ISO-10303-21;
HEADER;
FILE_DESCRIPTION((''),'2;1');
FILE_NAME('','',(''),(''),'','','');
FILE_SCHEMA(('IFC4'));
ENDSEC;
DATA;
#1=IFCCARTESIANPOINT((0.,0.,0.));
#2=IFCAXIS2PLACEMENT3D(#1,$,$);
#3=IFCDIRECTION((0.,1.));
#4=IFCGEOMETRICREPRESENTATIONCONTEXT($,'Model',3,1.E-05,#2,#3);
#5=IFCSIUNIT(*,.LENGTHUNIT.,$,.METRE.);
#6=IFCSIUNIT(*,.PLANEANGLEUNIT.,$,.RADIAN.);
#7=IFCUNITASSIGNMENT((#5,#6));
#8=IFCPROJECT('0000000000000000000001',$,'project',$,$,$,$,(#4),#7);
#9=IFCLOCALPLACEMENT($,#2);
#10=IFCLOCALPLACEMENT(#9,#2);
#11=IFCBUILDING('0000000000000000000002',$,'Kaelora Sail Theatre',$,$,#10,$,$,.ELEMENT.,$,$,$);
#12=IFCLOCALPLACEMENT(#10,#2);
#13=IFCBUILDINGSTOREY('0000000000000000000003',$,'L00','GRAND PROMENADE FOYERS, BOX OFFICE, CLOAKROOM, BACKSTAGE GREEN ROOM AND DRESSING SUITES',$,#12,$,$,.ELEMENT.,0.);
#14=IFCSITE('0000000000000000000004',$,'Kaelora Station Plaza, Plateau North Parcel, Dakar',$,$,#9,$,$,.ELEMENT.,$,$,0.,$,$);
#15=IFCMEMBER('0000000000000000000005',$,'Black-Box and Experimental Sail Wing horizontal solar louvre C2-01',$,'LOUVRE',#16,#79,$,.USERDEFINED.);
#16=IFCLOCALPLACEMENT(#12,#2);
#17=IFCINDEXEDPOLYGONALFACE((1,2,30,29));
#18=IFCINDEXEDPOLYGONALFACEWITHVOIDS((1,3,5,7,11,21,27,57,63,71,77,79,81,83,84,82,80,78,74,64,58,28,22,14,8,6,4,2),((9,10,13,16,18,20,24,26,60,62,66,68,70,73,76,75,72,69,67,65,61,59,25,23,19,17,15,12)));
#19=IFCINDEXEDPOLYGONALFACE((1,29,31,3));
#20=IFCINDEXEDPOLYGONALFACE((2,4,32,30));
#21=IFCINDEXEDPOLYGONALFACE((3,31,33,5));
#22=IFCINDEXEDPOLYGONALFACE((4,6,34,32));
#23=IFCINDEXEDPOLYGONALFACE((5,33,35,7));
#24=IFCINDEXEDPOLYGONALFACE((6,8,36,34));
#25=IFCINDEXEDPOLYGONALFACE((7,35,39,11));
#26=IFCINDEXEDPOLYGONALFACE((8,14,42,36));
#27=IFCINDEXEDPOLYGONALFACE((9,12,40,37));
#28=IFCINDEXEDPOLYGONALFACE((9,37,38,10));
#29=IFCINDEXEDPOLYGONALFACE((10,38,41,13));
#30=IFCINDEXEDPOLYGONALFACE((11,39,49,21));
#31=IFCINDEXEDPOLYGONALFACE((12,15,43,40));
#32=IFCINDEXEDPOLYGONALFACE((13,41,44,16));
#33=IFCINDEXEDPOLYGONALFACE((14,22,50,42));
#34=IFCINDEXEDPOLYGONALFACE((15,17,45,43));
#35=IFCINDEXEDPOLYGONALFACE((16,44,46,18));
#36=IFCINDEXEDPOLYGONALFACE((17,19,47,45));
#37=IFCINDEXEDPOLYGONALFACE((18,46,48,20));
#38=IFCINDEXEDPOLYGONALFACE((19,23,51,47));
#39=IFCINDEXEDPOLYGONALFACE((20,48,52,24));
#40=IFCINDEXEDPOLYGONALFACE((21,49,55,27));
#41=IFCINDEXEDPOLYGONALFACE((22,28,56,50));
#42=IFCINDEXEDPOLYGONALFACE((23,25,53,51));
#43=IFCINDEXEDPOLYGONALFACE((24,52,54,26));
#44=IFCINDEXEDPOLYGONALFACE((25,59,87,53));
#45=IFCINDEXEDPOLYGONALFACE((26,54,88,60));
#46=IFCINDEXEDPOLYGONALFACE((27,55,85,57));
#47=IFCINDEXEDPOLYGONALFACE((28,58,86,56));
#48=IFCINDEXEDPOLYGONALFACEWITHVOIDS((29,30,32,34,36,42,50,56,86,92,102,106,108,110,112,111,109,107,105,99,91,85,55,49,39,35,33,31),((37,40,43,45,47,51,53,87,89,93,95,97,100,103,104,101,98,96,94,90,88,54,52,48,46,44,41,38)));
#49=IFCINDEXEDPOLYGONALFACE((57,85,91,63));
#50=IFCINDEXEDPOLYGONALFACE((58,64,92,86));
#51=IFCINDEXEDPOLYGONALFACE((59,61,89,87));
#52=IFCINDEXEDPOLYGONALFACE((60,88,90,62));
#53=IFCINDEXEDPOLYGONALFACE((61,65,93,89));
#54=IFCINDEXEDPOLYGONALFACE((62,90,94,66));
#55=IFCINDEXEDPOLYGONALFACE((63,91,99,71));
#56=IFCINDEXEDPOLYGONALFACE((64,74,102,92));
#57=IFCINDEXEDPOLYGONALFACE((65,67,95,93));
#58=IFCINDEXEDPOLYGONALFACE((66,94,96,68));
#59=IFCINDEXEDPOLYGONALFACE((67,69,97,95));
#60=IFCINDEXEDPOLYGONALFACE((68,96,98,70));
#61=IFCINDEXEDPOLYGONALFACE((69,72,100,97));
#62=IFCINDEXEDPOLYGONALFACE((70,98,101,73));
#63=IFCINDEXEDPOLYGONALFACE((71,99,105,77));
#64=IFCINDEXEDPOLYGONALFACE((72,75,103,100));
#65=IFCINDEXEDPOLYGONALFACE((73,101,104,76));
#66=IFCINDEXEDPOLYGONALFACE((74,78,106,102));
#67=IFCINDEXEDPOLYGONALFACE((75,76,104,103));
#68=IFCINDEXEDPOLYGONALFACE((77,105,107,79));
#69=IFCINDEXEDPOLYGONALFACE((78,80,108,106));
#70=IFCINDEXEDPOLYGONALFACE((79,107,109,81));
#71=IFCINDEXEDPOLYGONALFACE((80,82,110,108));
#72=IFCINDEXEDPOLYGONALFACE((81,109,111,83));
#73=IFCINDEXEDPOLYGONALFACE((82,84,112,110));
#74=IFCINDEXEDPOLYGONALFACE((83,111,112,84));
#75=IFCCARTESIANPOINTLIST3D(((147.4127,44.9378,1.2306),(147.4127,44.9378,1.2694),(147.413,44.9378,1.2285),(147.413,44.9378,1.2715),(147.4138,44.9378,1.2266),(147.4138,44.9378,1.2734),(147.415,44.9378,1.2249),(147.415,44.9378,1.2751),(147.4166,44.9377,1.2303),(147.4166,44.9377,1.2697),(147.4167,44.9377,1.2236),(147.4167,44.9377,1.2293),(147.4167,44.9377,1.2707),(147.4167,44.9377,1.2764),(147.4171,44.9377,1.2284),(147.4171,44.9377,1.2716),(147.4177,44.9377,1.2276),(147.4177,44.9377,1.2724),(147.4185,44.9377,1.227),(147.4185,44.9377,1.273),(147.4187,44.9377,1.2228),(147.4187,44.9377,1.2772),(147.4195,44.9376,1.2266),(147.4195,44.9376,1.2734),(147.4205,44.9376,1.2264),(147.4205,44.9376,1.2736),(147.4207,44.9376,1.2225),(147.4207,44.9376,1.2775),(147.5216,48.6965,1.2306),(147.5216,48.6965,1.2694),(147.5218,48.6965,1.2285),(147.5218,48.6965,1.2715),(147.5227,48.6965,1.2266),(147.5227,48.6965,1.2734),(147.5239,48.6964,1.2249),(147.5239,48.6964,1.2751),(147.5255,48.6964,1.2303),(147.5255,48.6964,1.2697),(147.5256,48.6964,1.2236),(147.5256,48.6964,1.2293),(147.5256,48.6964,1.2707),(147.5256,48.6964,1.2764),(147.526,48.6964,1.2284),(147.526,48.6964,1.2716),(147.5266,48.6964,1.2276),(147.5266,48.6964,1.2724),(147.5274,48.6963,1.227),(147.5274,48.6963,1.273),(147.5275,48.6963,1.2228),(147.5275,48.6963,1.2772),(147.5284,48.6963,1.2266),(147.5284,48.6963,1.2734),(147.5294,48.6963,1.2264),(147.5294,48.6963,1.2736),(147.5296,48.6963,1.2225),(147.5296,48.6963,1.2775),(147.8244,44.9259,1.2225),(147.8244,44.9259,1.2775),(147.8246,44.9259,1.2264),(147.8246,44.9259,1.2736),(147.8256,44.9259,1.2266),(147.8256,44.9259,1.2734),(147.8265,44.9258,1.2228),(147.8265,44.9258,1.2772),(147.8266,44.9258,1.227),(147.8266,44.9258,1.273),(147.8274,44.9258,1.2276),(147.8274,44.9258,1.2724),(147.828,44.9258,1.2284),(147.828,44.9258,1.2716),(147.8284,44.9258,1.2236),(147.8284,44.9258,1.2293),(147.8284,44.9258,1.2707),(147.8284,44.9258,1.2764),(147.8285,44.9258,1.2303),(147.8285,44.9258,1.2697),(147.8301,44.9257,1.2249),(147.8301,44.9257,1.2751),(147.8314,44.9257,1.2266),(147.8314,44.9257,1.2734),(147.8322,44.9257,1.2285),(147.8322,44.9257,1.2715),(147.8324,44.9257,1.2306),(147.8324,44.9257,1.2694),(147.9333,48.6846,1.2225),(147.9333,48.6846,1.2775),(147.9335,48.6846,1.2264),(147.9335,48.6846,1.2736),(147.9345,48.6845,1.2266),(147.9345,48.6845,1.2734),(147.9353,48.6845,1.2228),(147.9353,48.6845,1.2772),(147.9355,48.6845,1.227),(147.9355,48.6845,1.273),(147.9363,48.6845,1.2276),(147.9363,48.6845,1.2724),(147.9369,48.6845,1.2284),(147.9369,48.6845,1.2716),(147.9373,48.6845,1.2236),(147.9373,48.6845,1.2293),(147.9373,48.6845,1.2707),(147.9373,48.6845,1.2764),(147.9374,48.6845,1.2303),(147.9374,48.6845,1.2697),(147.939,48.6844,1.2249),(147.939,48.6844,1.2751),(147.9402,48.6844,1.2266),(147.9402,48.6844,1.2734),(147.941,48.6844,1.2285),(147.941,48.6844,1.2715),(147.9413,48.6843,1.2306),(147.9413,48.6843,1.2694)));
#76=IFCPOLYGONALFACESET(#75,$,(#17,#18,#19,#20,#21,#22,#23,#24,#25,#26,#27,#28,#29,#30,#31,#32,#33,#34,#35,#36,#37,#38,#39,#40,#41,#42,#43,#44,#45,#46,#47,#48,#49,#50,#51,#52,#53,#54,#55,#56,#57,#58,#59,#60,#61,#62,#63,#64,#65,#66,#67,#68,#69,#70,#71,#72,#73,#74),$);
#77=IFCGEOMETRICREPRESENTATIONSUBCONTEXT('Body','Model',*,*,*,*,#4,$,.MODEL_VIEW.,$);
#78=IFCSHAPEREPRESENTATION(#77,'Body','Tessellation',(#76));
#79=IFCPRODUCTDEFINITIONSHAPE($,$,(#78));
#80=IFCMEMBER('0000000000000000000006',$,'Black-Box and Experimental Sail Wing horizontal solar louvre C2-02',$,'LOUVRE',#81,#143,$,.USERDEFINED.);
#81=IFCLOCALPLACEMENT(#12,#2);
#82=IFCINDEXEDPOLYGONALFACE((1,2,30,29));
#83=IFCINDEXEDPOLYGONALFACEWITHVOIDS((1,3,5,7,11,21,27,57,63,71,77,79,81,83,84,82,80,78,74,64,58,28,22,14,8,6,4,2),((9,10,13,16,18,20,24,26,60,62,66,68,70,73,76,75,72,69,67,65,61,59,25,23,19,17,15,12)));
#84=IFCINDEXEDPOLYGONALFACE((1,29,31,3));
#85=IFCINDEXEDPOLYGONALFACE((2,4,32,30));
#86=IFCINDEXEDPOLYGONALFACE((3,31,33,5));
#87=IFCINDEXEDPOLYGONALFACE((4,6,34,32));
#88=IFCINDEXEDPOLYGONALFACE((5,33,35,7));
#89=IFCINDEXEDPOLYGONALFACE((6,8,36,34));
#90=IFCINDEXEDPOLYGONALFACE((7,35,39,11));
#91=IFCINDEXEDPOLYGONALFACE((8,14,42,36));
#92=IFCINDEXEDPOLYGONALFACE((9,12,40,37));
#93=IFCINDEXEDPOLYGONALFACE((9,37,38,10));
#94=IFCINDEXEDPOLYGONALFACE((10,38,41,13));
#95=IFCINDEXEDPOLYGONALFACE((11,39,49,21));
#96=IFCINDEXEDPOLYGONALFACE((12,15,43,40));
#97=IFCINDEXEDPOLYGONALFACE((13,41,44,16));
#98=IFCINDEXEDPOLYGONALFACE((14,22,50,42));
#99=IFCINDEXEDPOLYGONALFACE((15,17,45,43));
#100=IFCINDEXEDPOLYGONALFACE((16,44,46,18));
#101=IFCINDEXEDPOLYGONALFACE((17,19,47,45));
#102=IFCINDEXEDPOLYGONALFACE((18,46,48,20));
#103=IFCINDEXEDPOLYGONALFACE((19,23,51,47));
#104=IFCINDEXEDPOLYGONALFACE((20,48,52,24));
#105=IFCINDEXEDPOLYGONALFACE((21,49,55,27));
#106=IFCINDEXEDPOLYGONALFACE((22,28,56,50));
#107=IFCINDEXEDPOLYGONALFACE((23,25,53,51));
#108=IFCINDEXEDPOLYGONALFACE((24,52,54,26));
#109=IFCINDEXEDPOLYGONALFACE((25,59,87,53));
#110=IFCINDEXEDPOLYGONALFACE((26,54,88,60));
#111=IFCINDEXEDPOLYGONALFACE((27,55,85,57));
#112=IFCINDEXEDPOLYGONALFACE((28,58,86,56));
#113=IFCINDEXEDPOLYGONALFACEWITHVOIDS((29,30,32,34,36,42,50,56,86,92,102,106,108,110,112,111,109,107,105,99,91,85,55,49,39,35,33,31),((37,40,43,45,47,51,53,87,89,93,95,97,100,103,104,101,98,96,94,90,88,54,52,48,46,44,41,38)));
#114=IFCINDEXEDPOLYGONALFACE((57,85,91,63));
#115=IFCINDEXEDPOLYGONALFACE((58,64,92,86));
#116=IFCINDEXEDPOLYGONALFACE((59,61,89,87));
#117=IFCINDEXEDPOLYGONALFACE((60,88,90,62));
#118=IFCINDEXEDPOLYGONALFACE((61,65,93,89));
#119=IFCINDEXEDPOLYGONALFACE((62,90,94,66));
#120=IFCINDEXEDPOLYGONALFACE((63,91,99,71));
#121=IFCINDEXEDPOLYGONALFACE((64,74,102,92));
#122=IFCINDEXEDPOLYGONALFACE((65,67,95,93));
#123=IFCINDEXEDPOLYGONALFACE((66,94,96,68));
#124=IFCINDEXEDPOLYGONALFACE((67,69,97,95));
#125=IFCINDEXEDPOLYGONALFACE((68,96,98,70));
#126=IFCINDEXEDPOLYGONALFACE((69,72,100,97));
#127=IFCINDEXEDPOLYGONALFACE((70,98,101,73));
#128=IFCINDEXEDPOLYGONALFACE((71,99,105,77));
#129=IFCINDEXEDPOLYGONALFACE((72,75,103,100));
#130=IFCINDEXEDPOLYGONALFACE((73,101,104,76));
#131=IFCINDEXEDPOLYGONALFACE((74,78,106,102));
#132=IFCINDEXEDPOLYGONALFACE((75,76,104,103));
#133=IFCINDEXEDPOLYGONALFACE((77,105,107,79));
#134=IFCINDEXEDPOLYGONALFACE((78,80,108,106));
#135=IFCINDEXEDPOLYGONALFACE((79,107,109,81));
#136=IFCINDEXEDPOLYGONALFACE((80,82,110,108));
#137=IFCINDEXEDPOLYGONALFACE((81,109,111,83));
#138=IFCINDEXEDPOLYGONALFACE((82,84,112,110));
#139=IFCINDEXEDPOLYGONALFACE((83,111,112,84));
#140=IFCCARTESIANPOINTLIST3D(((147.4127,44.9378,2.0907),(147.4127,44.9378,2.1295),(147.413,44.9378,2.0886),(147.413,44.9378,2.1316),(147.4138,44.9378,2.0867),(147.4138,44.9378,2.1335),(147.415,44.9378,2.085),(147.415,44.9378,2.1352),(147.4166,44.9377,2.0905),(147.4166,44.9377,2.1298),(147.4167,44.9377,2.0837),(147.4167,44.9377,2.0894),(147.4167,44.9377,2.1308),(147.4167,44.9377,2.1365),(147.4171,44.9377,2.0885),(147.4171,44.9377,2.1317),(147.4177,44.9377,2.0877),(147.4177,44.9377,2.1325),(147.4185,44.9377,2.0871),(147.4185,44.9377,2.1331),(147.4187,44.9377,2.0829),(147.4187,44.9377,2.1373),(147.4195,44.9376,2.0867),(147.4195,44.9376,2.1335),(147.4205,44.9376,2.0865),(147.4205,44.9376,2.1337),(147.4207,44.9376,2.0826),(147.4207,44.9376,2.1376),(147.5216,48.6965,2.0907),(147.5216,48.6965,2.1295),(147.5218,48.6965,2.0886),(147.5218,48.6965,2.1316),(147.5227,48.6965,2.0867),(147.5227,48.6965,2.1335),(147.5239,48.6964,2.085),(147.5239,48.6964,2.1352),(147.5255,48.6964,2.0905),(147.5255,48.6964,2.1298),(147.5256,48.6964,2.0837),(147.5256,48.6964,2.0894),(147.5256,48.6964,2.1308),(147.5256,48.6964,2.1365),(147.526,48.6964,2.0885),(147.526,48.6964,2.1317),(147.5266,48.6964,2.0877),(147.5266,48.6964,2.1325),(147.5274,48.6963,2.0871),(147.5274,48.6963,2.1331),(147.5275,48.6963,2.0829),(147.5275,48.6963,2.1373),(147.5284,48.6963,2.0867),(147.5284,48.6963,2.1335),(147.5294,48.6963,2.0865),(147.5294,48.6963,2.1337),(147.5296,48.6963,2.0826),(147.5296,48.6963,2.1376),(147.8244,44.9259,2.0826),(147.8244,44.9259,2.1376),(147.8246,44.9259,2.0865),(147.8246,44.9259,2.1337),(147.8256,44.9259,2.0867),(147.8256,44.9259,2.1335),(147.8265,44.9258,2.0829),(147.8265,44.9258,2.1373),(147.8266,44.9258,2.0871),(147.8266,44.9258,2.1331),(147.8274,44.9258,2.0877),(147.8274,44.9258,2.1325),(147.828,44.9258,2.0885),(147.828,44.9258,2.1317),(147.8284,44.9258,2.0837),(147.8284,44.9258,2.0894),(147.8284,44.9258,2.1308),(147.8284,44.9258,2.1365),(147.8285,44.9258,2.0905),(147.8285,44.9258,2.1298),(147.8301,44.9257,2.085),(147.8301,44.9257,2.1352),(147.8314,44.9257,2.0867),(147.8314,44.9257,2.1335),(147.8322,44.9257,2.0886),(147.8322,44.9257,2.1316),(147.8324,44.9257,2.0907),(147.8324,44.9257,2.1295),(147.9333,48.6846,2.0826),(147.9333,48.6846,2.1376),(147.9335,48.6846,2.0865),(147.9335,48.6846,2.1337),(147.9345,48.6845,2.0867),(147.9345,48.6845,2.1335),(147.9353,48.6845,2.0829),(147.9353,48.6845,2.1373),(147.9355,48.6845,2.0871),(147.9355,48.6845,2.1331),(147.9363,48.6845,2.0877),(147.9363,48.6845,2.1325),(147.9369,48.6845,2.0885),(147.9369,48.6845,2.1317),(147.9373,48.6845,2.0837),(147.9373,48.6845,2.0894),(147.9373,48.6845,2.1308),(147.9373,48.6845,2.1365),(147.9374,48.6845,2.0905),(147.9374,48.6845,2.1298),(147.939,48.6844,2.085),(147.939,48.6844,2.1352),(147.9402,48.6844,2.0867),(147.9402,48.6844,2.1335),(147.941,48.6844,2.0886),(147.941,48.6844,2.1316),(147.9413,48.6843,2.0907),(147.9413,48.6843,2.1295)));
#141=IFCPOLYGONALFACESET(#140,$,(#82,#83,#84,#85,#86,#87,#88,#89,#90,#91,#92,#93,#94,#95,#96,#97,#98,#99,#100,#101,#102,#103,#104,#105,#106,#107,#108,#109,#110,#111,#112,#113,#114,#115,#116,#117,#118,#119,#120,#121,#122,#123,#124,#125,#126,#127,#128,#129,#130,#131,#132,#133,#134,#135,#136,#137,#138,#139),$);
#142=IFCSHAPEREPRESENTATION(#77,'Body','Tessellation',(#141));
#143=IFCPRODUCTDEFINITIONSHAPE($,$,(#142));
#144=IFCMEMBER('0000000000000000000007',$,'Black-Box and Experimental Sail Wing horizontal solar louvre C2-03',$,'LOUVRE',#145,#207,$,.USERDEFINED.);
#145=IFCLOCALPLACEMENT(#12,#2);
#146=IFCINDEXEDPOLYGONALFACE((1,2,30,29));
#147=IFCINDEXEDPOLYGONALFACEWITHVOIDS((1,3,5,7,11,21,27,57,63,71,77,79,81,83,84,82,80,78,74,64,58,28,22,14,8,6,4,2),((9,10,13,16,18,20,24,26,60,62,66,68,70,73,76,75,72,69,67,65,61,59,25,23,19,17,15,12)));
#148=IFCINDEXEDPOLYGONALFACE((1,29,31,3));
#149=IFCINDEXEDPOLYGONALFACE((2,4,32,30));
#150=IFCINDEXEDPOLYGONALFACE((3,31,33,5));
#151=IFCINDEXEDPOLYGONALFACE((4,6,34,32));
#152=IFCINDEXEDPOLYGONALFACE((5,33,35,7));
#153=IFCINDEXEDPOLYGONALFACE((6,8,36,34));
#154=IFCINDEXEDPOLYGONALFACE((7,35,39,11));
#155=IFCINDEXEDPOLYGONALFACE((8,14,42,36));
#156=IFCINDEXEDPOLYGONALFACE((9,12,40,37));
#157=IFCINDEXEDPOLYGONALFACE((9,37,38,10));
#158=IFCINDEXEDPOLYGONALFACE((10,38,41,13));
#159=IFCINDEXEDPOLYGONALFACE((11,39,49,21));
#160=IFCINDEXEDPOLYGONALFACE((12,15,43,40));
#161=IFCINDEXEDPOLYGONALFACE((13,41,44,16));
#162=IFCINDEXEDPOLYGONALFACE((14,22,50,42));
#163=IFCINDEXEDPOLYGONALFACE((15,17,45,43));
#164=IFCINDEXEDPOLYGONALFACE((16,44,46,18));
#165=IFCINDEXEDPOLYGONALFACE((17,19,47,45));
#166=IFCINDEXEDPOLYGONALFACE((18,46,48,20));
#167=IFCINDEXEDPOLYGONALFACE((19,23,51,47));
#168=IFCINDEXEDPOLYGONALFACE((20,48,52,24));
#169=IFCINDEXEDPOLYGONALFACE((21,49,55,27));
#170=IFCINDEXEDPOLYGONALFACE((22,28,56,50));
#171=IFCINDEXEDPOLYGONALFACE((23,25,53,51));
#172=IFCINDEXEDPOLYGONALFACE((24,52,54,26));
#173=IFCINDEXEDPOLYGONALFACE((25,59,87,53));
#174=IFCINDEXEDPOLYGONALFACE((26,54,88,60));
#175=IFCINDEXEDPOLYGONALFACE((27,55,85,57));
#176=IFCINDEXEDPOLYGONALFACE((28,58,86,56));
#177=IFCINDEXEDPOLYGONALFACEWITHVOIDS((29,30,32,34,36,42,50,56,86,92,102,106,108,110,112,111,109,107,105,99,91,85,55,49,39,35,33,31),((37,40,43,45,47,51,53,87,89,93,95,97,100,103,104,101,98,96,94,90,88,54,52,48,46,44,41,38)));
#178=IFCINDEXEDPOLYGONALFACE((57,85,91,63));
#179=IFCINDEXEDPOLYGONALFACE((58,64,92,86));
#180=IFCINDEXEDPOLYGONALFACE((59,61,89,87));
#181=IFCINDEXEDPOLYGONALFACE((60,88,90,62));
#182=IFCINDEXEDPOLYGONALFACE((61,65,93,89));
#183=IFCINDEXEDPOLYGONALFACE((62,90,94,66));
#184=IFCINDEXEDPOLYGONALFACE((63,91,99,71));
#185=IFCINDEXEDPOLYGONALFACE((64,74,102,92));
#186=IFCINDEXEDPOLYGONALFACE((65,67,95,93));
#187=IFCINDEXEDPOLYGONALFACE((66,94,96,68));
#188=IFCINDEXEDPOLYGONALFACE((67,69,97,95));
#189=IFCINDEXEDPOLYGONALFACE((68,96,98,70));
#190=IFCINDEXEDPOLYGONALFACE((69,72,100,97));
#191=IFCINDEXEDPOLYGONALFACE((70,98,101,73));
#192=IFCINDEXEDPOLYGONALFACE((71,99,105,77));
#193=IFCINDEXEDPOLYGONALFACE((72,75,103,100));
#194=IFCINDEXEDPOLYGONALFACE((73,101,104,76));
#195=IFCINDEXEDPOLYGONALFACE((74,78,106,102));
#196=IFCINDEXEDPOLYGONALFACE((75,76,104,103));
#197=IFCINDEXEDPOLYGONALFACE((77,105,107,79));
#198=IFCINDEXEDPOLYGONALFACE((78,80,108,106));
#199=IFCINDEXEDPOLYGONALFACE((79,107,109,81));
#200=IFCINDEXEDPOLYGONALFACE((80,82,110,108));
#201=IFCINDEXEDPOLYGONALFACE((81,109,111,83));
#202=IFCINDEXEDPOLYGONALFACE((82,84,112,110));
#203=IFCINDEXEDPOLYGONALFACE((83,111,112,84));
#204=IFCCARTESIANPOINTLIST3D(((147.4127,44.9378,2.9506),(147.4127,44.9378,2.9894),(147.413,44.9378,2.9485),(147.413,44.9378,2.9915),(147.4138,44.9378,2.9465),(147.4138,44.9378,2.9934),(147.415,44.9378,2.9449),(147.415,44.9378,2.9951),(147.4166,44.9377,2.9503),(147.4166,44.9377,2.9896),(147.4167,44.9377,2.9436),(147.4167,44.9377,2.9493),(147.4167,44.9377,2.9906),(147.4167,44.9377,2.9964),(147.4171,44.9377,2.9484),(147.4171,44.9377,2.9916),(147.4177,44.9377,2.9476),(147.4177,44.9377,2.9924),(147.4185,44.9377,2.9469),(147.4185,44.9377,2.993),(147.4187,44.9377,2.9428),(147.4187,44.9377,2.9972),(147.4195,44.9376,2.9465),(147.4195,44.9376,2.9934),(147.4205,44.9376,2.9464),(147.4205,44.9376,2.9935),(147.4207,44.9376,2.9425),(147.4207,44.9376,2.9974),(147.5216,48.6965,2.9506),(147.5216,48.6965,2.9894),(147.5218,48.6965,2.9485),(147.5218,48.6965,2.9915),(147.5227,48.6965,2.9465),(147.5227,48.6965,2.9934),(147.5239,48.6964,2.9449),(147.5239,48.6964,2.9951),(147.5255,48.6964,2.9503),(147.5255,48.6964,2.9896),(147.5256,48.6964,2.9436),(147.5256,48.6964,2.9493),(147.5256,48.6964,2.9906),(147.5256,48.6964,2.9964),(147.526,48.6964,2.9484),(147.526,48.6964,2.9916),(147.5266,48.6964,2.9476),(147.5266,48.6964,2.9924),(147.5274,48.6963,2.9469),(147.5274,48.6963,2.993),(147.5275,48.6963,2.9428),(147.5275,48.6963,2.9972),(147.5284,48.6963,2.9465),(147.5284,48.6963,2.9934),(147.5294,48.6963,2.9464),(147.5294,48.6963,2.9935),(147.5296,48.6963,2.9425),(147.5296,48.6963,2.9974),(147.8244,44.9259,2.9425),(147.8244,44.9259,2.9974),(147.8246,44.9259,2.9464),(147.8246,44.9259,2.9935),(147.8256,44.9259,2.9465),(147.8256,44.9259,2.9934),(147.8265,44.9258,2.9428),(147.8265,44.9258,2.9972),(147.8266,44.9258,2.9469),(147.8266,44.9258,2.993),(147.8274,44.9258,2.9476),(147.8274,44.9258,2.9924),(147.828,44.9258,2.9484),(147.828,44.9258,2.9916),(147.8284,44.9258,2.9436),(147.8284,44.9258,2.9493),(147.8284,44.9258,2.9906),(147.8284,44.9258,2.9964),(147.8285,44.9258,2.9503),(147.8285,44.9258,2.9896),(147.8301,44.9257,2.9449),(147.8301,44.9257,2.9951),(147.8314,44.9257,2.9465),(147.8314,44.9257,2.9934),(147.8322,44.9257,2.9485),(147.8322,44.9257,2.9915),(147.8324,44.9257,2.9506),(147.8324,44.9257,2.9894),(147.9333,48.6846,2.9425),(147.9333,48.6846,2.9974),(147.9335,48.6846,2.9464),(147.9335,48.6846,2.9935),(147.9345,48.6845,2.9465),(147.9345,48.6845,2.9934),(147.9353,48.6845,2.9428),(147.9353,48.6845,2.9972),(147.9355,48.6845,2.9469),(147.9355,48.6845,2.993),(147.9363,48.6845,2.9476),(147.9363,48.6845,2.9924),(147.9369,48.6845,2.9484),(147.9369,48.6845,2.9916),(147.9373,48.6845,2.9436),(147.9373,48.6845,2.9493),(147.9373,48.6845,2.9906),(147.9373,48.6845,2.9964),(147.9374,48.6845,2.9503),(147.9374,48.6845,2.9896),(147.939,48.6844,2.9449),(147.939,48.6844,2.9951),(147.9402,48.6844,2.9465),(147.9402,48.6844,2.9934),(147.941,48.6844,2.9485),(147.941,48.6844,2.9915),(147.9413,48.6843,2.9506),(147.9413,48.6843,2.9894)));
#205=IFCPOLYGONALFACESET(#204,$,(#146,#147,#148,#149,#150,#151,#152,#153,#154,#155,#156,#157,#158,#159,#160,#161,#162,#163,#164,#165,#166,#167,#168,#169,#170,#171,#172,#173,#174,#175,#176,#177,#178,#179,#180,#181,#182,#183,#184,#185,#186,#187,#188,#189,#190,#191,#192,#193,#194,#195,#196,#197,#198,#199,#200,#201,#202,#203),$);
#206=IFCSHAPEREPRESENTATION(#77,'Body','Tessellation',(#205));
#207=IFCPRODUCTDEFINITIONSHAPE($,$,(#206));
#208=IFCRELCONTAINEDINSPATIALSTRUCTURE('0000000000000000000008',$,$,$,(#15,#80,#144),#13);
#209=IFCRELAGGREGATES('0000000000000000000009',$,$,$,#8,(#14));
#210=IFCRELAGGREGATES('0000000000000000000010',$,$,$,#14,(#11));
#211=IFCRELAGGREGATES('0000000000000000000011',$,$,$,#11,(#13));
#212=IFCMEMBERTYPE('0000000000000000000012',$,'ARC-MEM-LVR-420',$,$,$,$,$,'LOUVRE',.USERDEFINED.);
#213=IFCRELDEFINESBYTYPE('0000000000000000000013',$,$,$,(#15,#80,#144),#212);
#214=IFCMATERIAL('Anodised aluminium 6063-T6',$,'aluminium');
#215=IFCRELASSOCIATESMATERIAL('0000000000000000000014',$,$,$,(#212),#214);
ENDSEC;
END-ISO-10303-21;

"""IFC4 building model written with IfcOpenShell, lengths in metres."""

from ifc_helpers import new_model, si_unit, direction, frame, origin, origin_2d, place, context, subcontext, project, spatial, hollow_rectangle, extrude, material, material_profile, profile_set, type_object, element, save


model = new_model("IFC4")

# Units and contexts
model_context = context("Model", 3, precision=1e-05, world=origin(), true_north=direction((0.0, 1.0)))
body_context = subcontext(model_context, "Body", "Model", "MODEL_VIEW")
ifc_project = project(units=[si_unit("LENGTHUNIT", "METRE"), si_unit("PLANEANGLEUNIT", "RADIAN")], contexts=[model_context])

# Site, building, storey
site_placement = place(None, origin())
site = spatial("IfcSite", under=ifc_project, at=site_placement, Name="Kaelora Station Plaza, Plateau North Parcel, Dakar", CompositionType="ELEMENT", RefElevation=0.0)
building_placement = place(site_placement, origin())
building = spatial("IfcBuilding", under=site, at=building_placement, Name="Kaelora Sail Theatre", CompositionType="ELEMENT")
storey_placement = place(building_placement, origin())
storey = spatial("IfcBuildingStorey", under=building, at=storey_placement, Name="L00", Description="GRAND PROMENADE FOYERS, BOX OFFICE, CLOAKROOM, BACKSTAGE GREEN ROOM AND DRESSING SUITES", CompositionType="ELEMENT", Elevation=0.0)

# Members
ifc_material_1 = material(Name="Anodised aluminium 6063-T6", Category="aluminium")
ifc_material_profile_1 = material_profile(ifc_material_1, hollow_rectangle(XDim=0.4199, YDim=0.0549, WallThickness=0.0039, InnerFilletRadius=0.0039, OuterFilletRadius=0.0081, at=origin_2d()), Name="LOUVRE 420x55x4")
ifc_profile_set_1 = profile_set([ifc_material_profile_1], Name="Anodised aluminium 6063-T6")
member_type_1 = type_object("IfcMemberType", Name="ARC-MEM-LVR-420", ElementType="LOUVRE", PredefinedType="USERDEFINED", material=ifc_profile_set_1)
for number, where, z_axis, x_axis, name in (
    (1, (147.7314, 48.6904, 1.25), (-0.028956, -0.999581, 0.0), (0.999581, -0.028956, 0.0), "Black-Box and Experimental Sail Wing horizontal solar louvre C2-01"),
    (2, (147.7314, 48.6904, 2.1101), (-0.028956, -0.999581, 0.0), (0.999581, -0.028956, 0.0), "Black-Box and Experimental Sail Wing horizontal solar louvre C2-02"),
    (3, (147.7314, 48.6904, 2.97), (-0.028956, -0.999581, 0.0), (0.999581, -0.028956, 0.0), "Black-Box and Experimental Sail Wing horizontal solar louvre C2-03"),
):
    element("IfcMember", number, at=place(storey_placement, frame(where, z_axis=z_axis, x_axis=x_axis)), inside=storey, type_object=member_type_1, Name=name, ObjectType="LOUVRE", PredefinedType="USERDEFINED", context=body_context, shape_type="SweptSolid", body=[
        extrude(hollow_rectangle(XDim=0.4199, YDim=0.0549, WallThickness=0.0039, InnerFilletRadius=0.0039, OuterFilletRadius=0.0081, at=origin_2d()), origin(), (0.0, 0.0, 1.0), 3.7603),
    ])

save(model, "model.ifc")
